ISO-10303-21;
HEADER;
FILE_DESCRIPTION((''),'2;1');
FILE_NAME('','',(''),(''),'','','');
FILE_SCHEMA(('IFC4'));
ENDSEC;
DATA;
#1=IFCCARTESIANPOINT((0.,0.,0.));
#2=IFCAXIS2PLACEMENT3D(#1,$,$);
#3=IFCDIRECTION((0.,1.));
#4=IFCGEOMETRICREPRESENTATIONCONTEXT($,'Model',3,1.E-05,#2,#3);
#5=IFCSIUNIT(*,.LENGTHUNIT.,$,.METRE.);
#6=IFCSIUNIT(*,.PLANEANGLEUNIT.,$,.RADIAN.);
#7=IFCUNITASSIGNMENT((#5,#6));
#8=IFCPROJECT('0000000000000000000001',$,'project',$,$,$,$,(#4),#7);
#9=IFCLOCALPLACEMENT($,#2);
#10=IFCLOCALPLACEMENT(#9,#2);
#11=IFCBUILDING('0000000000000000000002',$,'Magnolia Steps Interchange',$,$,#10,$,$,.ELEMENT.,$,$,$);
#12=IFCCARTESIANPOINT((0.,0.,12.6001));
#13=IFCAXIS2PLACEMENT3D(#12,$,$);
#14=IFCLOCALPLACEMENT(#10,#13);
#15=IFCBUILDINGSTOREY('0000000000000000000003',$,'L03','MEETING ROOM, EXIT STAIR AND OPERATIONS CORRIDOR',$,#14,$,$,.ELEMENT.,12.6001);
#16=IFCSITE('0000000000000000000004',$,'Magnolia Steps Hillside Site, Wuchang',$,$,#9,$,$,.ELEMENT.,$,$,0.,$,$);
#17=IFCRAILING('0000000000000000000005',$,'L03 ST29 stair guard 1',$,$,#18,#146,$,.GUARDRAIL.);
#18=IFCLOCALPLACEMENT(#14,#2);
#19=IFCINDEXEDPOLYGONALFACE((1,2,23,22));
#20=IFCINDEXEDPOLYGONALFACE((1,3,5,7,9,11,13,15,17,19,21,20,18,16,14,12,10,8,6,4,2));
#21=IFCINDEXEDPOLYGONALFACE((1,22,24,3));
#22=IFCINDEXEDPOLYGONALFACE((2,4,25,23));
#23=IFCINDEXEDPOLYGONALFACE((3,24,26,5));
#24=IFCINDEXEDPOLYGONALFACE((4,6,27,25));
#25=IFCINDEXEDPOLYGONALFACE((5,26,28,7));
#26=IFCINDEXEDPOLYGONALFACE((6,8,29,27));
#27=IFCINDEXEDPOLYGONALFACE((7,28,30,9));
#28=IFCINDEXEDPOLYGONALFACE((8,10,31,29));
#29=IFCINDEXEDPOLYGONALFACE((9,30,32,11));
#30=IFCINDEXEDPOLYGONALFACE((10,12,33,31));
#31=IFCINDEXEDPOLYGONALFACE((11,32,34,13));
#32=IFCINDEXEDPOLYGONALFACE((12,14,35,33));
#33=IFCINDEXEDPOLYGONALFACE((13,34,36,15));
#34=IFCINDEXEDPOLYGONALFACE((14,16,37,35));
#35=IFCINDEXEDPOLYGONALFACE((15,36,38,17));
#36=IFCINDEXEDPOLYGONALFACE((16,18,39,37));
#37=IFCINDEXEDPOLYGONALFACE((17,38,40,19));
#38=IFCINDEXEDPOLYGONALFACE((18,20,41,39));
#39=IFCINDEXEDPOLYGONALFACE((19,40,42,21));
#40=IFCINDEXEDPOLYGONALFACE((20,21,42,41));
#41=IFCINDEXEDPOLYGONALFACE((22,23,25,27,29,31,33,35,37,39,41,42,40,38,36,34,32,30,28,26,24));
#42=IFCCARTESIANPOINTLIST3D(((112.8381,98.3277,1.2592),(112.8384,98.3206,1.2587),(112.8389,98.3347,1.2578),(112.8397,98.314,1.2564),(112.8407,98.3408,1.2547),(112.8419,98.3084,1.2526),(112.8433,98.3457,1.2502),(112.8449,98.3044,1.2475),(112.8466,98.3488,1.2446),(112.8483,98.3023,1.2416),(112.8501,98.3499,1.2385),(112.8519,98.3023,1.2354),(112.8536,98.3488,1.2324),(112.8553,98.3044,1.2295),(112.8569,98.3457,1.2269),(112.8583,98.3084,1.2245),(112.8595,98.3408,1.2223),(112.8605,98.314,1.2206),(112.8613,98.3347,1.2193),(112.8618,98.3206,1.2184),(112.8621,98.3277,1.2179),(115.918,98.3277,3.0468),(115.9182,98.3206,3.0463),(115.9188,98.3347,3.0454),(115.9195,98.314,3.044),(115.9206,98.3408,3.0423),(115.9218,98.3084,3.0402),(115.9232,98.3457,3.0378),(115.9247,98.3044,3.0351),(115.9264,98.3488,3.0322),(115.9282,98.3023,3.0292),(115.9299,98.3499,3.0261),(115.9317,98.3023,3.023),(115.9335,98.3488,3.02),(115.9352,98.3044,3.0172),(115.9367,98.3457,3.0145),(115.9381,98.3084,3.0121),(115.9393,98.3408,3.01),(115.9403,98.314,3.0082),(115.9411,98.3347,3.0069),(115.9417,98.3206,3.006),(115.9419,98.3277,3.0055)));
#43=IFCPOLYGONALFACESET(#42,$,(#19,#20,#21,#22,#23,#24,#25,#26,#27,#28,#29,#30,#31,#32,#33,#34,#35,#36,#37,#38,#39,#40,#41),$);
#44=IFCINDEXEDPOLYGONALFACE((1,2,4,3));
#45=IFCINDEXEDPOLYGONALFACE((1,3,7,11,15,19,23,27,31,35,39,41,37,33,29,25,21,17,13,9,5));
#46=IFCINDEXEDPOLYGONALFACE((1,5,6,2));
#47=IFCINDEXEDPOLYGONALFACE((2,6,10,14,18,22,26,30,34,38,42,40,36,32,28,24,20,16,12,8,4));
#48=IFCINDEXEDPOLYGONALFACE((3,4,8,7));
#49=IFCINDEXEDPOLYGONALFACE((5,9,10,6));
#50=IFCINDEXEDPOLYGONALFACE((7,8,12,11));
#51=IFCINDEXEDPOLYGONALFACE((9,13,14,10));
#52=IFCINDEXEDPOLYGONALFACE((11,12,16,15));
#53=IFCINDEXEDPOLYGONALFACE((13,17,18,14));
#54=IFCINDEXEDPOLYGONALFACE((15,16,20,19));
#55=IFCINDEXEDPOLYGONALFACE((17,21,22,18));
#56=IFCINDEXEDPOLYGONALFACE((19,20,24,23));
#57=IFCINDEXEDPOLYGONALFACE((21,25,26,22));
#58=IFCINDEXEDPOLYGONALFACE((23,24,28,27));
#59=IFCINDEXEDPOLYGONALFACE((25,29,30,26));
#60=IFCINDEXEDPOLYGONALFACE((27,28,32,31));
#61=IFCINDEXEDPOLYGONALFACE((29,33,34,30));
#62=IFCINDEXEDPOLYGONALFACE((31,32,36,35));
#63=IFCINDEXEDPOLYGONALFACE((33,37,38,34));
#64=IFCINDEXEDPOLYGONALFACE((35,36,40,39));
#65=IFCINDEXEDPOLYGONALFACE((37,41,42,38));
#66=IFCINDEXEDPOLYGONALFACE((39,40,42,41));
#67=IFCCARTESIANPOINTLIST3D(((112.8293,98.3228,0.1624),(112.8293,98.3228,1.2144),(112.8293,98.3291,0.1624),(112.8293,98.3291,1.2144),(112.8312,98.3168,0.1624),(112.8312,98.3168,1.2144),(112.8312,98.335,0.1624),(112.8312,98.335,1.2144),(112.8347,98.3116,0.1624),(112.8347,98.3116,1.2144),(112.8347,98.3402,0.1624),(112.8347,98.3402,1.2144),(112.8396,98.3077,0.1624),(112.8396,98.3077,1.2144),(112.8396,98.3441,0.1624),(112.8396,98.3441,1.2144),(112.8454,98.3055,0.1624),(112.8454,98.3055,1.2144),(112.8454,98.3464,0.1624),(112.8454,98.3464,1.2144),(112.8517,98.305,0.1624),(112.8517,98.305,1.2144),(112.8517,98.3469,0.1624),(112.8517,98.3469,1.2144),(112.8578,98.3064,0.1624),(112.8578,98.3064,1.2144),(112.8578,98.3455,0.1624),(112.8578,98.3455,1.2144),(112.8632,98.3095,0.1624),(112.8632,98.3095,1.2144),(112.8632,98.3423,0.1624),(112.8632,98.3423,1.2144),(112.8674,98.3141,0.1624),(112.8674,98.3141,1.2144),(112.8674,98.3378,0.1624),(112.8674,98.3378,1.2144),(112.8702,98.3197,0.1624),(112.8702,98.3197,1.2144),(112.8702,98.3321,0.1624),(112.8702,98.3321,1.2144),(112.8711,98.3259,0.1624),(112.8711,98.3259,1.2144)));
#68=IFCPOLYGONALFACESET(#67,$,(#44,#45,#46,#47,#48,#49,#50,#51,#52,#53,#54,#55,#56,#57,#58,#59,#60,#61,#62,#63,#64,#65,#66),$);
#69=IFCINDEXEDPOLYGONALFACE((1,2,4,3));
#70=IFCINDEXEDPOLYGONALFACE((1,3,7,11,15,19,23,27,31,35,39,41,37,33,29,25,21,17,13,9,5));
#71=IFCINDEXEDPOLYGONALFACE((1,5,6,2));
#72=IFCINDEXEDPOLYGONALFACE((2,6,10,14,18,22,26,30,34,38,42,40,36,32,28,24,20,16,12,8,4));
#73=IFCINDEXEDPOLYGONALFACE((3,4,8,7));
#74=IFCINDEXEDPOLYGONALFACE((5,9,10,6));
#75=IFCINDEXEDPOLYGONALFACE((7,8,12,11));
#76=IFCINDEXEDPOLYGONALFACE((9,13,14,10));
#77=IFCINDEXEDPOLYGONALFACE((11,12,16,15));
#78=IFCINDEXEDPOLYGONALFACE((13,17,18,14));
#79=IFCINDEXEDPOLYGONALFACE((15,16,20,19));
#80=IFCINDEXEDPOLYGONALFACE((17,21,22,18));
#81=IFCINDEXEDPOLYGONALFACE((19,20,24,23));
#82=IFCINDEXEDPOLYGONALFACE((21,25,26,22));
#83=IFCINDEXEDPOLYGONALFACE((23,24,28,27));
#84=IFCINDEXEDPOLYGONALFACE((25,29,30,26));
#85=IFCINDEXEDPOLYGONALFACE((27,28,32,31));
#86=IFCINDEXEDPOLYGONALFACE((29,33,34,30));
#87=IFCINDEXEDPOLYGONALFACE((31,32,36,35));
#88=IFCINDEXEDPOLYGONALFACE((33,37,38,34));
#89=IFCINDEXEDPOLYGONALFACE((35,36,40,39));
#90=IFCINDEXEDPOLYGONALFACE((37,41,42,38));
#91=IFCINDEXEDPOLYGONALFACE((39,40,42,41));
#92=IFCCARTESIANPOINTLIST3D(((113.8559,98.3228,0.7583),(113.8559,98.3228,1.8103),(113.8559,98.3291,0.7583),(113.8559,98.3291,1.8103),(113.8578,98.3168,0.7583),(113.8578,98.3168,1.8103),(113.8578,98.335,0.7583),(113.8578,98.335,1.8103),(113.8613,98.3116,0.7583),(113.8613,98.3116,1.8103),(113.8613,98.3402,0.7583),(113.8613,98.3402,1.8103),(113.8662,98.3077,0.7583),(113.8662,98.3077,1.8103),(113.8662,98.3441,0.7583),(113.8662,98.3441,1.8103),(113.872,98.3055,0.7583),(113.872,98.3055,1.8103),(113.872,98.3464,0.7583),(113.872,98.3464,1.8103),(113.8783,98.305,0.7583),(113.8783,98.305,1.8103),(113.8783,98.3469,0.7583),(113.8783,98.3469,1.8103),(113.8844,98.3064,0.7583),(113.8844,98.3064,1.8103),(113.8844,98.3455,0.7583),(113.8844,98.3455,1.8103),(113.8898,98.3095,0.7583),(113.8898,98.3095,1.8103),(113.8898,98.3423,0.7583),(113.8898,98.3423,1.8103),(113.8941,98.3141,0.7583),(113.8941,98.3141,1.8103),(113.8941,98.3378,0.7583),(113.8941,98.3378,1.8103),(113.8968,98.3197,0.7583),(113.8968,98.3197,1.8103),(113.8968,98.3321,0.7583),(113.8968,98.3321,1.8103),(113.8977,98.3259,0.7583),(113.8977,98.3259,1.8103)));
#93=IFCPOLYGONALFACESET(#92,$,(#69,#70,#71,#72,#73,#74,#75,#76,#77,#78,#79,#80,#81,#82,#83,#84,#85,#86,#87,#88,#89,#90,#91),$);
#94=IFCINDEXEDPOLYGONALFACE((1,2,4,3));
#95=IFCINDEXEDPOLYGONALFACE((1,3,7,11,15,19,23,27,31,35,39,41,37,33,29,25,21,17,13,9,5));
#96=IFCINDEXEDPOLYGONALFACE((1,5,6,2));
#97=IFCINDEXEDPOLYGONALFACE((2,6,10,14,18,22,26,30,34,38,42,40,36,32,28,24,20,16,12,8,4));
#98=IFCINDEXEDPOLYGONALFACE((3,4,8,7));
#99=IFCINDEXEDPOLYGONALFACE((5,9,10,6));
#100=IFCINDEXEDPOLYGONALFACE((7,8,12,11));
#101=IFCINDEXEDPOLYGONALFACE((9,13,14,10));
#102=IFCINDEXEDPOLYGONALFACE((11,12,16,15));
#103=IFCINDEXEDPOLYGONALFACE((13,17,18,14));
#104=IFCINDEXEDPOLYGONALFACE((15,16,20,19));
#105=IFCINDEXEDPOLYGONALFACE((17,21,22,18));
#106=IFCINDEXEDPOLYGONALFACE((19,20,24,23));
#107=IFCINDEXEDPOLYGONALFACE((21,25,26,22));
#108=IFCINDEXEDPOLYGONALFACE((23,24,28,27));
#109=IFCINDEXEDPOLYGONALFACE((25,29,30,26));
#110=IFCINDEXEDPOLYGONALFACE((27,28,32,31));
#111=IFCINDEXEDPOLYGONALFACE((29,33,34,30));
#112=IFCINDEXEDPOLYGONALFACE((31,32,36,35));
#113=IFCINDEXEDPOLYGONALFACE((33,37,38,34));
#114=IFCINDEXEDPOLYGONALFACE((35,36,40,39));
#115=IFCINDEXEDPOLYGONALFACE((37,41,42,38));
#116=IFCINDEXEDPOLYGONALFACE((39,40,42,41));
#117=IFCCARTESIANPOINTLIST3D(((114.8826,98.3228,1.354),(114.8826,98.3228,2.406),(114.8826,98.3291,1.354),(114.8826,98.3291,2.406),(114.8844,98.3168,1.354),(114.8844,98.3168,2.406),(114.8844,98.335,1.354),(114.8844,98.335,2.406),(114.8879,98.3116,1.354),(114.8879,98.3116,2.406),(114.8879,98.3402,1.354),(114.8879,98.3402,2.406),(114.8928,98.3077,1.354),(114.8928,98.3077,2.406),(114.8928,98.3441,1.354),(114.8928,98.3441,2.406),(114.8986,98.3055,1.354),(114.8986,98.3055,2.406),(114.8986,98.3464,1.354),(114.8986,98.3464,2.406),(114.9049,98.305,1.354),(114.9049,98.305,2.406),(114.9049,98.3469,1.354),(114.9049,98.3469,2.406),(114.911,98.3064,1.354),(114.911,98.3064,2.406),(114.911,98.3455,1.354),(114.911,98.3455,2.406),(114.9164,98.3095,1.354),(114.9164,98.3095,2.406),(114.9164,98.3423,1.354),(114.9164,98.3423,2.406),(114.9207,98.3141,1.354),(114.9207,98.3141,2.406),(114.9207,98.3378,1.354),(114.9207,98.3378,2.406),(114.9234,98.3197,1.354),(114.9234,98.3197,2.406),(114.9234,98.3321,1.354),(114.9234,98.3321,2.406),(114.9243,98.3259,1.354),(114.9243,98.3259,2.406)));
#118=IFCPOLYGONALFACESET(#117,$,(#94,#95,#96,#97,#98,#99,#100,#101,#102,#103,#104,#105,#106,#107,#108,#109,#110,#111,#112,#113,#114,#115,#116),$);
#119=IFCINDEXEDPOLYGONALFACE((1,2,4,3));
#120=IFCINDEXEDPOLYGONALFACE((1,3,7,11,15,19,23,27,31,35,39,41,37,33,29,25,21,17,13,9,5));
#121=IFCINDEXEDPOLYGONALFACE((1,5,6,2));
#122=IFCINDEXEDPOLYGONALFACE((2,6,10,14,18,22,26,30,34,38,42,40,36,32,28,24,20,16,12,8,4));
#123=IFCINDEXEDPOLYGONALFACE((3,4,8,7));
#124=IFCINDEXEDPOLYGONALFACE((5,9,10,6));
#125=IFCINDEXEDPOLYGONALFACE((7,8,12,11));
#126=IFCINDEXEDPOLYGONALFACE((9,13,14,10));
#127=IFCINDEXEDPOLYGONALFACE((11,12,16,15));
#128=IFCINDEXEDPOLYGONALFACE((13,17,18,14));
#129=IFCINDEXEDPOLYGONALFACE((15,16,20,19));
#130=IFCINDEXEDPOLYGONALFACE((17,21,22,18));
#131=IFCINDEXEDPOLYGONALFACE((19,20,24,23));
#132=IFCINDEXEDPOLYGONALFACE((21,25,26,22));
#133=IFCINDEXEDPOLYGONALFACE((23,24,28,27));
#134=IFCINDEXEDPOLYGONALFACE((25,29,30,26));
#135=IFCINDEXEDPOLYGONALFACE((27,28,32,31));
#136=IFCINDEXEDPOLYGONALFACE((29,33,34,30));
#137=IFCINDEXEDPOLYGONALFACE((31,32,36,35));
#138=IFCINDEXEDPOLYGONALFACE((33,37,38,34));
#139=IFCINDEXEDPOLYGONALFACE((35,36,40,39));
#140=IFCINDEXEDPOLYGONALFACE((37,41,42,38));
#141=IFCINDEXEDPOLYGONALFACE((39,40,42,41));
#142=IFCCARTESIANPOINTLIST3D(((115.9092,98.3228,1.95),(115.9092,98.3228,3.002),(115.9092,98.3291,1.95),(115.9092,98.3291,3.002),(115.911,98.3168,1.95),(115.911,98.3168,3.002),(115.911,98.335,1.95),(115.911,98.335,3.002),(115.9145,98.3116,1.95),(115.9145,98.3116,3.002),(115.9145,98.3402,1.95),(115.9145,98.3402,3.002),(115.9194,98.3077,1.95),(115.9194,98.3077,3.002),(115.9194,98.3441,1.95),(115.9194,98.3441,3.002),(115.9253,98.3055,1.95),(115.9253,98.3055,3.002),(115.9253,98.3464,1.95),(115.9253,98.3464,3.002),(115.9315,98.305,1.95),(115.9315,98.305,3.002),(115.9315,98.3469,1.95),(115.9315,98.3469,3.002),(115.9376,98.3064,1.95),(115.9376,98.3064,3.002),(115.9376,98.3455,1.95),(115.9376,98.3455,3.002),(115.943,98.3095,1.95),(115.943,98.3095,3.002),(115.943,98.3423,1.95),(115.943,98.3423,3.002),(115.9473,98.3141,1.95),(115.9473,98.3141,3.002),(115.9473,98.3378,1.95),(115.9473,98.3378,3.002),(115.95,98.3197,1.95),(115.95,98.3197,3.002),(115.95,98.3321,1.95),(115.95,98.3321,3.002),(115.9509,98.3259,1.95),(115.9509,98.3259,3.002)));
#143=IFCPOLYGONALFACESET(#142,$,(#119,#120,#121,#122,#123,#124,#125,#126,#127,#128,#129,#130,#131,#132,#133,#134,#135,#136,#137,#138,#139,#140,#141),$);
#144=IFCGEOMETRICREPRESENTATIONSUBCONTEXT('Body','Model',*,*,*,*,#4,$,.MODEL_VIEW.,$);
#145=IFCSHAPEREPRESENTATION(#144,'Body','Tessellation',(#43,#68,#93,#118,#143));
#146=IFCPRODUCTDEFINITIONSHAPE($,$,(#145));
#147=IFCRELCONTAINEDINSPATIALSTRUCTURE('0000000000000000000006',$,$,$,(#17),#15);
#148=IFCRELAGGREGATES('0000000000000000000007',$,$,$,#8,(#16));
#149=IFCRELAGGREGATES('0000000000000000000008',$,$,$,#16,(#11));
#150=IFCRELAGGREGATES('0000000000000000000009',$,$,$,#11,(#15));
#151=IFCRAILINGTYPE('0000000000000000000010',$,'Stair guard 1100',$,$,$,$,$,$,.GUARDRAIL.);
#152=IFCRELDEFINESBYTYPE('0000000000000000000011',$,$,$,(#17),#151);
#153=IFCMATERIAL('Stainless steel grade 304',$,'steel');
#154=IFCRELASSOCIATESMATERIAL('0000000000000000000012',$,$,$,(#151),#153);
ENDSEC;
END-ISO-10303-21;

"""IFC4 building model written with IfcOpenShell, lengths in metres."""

from ifc_helpers import new_model, si_unit, direction, frame, origin, origin_2d, place, context, subcontext, project, spatial, circle, extrude, material, type_object, element, save


model = new_model("IFC4")

# Units and contexts
model_context = context("Model", 3, precision=1e-05, world=origin(), true_north=direction((0.0, 1.0)))
body_context = subcontext(model_context, "Body", "Model", "MODEL_VIEW")
ifc_project = project(units=[si_unit("LENGTHUNIT", "METRE"), si_unit("PLANEANGLEUNIT", "RADIAN")], contexts=[model_context])

# Site, building, storey
site_placement = place(None, origin())
site = spatial("IfcSite", under=ifc_project, at=site_placement, Name="Magnolia Steps Hillside Site, Wuchang", CompositionType="ELEMENT", RefElevation=0.0)
building_placement = place(site_placement, origin())
building = spatial("IfcBuilding", under=site, at=building_placement, Name="Magnolia Steps Interchange", CompositionType="ELEMENT")
storey_placement = place(building_placement, frame((0.0, 0.0, 12.6001)))
storey = spatial("IfcBuildingStorey", under=building, at=storey_placement, Name="L03", Description="MEETING ROOM, EXIT STAIR AND OPERATIONS CORRIDOR", CompositionType="ELEMENT", Elevation=12.6001)

# Railing
ifc_material_1 = material(Name="Stainless steel grade 304", Category="steel")
railing_type_1 = type_object("IfcRailingType", Name="Stair guard 1100", PredefinedType="GUARDRAIL", material=ifc_material_1)
railing_1_placement = place(storey_placement, frame((112.8501, 98.3259, 0.1624)))
element("IfcRailing", 1, at=railing_1_placement, inside=storey, type_object=railing_type_1, Name="L03 ST29 stair guard 1", PredefinedType="GUARDRAIL", context=body_context, shape_type="SweptSolid", body=[
    extrude(circle(Radius=0.0239, at=origin_2d()), frame((0.0, 0.0, 1.0762), z_axis=(0.864873, 0.0, 0.50199), x_axis=(0.0, 1.0, 0.0)), (0.0, 0.0, 1.0), 3.561),
    extrude(circle(Radius=0.021, at=origin_2d()), origin(), (0.0, 0.0, 1.0), 1.052),
    extrude(circle(Radius=0.021, at=origin_2d()), frame((1.0266, 0.0, 0.5959)), (0.0, 0.0, 1.0), 1.052),
    extrude(circle(Radius=0.021, at=origin_2d()), frame((2.0532, 0.0, 1.1917)), (0.0, 0.0, 1.0), 1.052),
    extrude(circle(Radius=0.021, at=origin_2d()), frame((3.0798, 0.0, 1.7876)), (0.0, 0.0, 1.0), 1.052),
])

save(model, "model.ifc")
